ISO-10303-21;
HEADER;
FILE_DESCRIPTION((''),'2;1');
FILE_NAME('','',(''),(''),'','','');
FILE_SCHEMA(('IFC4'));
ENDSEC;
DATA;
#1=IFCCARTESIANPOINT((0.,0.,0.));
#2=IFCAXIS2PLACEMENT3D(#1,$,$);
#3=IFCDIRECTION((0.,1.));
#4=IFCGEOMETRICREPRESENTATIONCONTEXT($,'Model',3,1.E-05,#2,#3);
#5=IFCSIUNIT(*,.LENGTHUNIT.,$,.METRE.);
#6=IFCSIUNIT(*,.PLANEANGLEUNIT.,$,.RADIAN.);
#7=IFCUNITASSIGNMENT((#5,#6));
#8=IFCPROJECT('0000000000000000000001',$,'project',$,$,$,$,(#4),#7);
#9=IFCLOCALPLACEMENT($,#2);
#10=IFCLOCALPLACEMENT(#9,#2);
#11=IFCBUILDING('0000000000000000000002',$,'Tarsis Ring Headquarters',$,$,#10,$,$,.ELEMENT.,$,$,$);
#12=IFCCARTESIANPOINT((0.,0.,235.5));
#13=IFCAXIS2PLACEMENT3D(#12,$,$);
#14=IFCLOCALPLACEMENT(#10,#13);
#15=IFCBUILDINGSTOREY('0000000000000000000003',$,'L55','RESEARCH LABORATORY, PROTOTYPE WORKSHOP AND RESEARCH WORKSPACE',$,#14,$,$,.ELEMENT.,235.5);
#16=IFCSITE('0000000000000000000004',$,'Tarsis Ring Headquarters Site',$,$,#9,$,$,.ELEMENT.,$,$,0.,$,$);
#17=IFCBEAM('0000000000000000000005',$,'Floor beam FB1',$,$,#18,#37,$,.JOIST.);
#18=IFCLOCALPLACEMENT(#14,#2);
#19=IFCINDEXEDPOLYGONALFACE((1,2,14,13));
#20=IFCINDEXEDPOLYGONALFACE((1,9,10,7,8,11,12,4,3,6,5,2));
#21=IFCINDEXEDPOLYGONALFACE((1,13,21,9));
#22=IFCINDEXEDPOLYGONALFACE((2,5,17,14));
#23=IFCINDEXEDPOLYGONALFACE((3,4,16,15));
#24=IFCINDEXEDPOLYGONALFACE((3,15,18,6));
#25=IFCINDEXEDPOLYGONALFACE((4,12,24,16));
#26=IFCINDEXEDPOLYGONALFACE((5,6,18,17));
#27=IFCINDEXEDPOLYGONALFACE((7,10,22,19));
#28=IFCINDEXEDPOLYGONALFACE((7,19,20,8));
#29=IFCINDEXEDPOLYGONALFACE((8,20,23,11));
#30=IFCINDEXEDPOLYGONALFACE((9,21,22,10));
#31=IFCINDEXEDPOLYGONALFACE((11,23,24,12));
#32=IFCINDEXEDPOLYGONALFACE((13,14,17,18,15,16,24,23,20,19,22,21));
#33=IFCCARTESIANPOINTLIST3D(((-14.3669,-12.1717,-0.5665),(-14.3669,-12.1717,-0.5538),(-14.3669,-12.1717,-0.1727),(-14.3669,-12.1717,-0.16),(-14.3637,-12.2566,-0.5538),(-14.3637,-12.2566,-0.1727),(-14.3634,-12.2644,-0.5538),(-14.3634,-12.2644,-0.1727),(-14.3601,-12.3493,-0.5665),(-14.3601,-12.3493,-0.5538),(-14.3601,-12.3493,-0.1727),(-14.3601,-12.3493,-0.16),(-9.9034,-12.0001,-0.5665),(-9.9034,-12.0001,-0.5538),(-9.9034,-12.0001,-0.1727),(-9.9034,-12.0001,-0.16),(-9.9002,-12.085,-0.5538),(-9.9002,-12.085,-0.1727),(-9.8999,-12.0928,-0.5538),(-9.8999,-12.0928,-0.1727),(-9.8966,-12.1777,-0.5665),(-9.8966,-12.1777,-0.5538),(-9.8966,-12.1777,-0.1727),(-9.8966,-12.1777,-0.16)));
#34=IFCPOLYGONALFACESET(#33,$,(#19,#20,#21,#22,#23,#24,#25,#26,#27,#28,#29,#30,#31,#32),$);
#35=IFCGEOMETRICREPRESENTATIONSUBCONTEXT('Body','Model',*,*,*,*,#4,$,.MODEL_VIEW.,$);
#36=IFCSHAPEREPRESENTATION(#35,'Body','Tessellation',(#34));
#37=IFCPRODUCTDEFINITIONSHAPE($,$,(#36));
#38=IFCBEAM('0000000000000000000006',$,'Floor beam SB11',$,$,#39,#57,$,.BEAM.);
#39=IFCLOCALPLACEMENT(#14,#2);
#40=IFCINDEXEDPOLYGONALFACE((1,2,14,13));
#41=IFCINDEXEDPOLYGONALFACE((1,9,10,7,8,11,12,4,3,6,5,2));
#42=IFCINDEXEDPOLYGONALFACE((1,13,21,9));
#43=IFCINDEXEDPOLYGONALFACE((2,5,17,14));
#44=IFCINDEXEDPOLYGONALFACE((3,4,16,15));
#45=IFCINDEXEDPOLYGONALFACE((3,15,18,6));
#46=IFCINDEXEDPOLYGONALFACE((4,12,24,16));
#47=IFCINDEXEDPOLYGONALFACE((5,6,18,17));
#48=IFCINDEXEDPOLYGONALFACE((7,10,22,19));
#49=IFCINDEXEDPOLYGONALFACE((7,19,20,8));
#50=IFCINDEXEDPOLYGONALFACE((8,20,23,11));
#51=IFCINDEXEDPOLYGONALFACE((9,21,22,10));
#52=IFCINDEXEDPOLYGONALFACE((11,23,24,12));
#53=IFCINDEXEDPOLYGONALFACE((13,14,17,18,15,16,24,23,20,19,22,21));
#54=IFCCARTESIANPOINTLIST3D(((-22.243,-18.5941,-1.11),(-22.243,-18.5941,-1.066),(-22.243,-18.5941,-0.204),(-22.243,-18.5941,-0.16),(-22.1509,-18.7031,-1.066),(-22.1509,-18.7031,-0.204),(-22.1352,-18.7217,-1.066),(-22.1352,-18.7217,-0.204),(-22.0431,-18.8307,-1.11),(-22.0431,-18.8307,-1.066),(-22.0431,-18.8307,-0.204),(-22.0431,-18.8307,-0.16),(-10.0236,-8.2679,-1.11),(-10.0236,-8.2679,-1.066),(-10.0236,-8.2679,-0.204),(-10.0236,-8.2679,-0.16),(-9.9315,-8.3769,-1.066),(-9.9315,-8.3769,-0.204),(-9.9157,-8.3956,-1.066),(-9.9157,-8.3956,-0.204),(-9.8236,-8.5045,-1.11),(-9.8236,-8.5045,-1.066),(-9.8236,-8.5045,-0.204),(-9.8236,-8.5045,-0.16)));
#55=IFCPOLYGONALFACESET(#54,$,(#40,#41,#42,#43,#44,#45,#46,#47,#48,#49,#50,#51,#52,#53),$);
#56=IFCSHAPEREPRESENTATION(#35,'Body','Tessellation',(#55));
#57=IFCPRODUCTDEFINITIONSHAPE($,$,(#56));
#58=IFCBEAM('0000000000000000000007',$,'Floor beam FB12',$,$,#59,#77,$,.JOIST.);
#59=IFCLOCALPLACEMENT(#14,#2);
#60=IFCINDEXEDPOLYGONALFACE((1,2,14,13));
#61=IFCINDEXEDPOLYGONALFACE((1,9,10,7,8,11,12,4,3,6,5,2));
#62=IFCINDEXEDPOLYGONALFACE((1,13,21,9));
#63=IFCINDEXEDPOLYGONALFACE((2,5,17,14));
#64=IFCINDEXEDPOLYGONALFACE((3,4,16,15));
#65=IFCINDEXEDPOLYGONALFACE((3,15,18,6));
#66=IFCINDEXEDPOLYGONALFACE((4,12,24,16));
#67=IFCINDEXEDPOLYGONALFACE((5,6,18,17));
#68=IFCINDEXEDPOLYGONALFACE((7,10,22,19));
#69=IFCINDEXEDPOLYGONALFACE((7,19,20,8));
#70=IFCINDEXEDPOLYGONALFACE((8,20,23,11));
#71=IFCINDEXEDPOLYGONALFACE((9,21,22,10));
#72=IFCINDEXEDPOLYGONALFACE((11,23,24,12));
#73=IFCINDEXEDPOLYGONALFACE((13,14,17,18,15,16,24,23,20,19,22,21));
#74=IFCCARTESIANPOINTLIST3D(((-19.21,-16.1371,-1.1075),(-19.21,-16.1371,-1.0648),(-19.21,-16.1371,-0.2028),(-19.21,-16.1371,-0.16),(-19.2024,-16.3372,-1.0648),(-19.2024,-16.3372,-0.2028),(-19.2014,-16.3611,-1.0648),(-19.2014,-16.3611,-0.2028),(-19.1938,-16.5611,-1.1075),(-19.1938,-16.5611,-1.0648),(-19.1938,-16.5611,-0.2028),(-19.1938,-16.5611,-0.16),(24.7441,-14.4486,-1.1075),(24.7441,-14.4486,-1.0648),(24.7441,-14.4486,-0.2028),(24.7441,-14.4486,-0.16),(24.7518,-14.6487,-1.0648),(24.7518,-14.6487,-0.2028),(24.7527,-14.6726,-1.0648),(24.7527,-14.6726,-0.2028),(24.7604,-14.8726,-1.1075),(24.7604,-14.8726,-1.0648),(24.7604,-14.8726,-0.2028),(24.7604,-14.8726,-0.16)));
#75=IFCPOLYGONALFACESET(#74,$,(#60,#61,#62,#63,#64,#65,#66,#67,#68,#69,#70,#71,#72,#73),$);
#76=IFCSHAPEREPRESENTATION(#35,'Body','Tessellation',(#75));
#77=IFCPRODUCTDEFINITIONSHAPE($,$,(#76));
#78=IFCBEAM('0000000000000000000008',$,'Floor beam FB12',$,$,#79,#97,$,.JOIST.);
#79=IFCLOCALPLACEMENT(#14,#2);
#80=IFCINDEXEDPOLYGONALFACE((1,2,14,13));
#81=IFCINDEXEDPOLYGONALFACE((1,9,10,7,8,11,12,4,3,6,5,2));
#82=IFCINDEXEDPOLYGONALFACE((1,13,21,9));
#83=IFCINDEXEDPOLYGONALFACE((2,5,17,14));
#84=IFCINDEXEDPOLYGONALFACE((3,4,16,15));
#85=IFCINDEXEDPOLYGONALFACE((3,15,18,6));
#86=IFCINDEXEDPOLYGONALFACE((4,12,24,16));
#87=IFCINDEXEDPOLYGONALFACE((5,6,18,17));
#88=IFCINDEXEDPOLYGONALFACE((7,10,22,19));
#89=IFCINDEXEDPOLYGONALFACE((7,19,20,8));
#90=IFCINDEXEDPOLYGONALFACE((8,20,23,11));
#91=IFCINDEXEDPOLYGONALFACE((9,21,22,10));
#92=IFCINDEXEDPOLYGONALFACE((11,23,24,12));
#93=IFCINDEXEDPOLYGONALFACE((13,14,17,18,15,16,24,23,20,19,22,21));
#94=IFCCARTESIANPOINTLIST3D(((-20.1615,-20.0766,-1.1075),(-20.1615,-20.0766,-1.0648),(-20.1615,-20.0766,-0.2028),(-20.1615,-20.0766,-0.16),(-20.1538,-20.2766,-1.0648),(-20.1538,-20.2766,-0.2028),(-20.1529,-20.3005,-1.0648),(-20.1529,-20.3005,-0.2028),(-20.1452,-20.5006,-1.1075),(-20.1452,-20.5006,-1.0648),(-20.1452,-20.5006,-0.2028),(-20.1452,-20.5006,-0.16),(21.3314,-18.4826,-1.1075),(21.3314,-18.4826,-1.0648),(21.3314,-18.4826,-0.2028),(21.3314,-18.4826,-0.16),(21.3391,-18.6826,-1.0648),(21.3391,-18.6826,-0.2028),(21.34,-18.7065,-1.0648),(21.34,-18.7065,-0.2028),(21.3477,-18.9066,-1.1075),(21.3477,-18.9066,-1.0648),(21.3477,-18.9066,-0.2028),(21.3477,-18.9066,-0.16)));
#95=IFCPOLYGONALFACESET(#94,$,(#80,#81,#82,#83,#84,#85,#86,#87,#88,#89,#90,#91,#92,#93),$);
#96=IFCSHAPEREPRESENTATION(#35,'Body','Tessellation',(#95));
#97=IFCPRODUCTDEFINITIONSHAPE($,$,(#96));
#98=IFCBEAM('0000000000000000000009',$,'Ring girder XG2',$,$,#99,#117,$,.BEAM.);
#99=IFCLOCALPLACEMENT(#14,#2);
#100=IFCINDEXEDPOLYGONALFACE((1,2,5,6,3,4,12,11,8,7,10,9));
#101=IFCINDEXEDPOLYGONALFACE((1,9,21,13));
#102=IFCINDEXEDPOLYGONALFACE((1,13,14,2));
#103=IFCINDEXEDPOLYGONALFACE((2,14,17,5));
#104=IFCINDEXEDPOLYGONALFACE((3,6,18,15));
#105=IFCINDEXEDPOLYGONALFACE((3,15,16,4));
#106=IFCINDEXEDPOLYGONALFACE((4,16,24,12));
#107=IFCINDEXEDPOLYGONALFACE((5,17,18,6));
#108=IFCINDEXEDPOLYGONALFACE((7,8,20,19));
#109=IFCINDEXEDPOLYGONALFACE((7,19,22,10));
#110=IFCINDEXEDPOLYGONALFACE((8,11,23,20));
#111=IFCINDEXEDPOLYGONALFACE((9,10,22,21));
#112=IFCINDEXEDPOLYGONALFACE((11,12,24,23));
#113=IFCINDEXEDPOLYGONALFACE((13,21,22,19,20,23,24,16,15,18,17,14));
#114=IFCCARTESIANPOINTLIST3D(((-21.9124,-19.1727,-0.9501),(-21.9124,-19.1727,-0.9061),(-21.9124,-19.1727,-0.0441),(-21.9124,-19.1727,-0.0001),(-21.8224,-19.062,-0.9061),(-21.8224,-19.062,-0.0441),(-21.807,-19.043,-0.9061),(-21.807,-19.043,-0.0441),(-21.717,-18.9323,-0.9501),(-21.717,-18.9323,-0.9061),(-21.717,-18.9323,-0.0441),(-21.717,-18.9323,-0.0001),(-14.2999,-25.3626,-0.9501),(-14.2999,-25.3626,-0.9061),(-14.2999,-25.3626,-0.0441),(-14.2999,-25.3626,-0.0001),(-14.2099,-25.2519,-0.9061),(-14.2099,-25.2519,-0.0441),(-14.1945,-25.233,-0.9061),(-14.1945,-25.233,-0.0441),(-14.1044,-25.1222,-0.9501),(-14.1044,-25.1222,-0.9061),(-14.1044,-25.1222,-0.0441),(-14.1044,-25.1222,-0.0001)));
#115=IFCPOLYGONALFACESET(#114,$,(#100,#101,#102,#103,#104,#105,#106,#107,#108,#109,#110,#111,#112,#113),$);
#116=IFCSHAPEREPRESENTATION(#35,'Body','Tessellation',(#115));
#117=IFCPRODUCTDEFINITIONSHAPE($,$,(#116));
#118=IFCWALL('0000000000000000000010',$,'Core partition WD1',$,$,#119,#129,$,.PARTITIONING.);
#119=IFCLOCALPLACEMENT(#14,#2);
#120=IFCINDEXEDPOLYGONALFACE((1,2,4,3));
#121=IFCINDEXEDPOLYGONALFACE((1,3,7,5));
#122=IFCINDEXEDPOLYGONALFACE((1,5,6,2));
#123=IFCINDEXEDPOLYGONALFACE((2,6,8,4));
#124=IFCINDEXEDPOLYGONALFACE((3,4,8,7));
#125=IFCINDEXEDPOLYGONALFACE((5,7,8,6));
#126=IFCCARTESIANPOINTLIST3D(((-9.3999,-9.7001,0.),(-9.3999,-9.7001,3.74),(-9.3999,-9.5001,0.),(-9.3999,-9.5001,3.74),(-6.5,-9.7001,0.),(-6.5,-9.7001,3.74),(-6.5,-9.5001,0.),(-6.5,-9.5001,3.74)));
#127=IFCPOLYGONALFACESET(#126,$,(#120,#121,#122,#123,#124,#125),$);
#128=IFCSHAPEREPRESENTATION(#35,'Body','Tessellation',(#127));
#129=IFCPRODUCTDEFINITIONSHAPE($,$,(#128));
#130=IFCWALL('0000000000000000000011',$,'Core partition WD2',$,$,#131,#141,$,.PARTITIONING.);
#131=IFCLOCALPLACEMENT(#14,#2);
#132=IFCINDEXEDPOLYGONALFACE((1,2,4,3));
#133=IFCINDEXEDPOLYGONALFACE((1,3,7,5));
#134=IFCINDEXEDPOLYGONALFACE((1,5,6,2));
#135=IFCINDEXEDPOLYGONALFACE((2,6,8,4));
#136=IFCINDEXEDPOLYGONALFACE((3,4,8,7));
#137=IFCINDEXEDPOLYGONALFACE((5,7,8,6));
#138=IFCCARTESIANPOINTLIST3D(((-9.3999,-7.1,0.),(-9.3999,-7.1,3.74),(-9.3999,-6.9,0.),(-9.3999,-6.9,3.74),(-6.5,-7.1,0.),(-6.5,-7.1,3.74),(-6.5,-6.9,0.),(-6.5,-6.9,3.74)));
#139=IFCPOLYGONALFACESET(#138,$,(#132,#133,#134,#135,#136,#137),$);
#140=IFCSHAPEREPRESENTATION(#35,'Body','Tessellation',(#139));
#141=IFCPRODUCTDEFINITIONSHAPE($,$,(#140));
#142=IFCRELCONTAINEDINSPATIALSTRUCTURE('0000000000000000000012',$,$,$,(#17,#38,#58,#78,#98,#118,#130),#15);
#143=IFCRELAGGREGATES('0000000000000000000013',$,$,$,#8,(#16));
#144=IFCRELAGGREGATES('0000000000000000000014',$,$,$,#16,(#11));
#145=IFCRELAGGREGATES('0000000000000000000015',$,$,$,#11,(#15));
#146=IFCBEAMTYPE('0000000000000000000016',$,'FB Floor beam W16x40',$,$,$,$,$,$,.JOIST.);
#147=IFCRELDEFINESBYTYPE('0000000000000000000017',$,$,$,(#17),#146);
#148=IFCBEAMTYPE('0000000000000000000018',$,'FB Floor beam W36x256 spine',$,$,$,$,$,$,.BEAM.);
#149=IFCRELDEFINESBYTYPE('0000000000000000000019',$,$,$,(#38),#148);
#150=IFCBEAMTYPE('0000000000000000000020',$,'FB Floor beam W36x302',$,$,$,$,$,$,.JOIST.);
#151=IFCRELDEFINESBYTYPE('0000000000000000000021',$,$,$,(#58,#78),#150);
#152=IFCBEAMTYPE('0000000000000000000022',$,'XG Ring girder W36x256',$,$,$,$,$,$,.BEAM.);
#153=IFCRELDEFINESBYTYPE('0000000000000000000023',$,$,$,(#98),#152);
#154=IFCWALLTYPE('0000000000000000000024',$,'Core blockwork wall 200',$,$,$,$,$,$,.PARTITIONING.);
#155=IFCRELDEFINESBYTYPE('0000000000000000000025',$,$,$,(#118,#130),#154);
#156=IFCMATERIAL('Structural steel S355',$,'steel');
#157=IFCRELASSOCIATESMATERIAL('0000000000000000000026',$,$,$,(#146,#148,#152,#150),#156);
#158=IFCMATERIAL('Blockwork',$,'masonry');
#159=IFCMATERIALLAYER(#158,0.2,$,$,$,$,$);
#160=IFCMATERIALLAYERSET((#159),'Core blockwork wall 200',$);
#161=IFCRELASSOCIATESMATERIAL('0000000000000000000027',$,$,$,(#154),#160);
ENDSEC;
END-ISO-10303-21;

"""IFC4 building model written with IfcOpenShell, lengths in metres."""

from ifc_helpers import new_model, si_unit, direction, frame, frame_2d, origin, origin_2d, place, context, subcontext, project, spatial, rectangle, i_section, extrude, material, layer, layer_set, material_profile, profile_set, type_object, element, save


model = new_model("IFC4")

# Units and contexts
model_context = context("Model", 3, precision=1e-05, world=origin(), true_north=direction((0.0, 1.0)))
body_context = subcontext(model_context, "Body", "Model", "MODEL_VIEW")
ifc_project = project(units=[si_unit("LENGTHUNIT", "METRE"), si_unit("PLANEANGLEUNIT", "RADIAN")], contexts=[model_context])

# Site, building, storey
site_placement = place(None, origin())
site = spatial("IfcSite", under=ifc_project, at=site_placement, Name="Tarsis Ring Headquarters Site", CompositionType="ELEMENT", RefElevation=0.0)
building_placement = place(site_placement, origin())
building = spatial("IfcBuilding", under=site, at=building_placement, Name="Tarsis Ring Headquarters", CompositionType="ELEMENT")
storey_placement = place(building_placement, frame((0.0, 0.0, 235.5)))
storey = spatial("IfcBuildingStorey", under=building, at=storey_placement, Name="L55", Description="RESEARCH LABORATORY, PROTOTYPE WORKSHOP AND RESEARCH WORKSPACE", CompositionType="ELEMENT", Elevation=235.5)

# Beams
ifc_material_1 = material(Name="Structural steel S355", Category="steel")
ifc_material_profile_1 = material_profile(ifc_material_1, i_section(OverallWidth=0.1777, OverallDepth=0.4065, WebThickness=0.0078, FlangeThickness=0.0127, at=origin_2d()), Name="W16x40")
ifc_profile_set_1 = profile_set([ifc_material_profile_1], Name="Structural steel S355")
beam_type_1 = type_object("IfcBeamType", Name="FB Floor beam W16x40", PredefinedType="JOIST", material=ifc_profile_set_1)
beam_1_placement = place(storey_placement, frame((-14.3635, -12.2605, -0.3633), z_axis=(0.999261, 0.038425, 0.0), x_axis=(-0.038425, 0.999261, 0.0)))
element("IfcBeam", 1, at=beam_1_placement, inside=storey, type_object=beam_type_1, Name="Floor beam FB1", PredefinedType="JOIST", context=body_context, shape_type="SweptSolid", body=[
    extrude(i_section(OverallWidth=0.1777, OverallDepth=0.4065, WebThickness=0.0078, FlangeThickness=0.0127, at=origin_2d()), origin(), (0.0, 0.0, 1.0), 4.4668),
])
ifc_material_profile_2 = material_profile(ifc_material_1, i_section(OverallWidth=0.3098, OverallDepth=0.95, WebThickness=0.0244, FlangeThickness=0.0439, at=origin_2d()), Name="W36x256")
ifc_profile_set_2 = profile_set([ifc_material_profile_2], Name="Structural steel S355")
beam_type_2 = type_object("IfcBeamType", Name="FB Floor beam W36x256 spine", PredefinedType="BEAM", material=ifc_profile_set_2)
beam_2_placement = place(storey_placement, frame((-9.9236, -8.3862, -0.635), z_axis=(-0.763799, -0.645454, 0.0), x_axis=(0.645454, -0.763799, 0.0)))
element("IfcBeam", 2, at=beam_2_placement, inside=storey, type_object=beam_type_2, Name="Floor beam SB11", PredefinedType="BEAM", context=body_context, shape_type="SweptSolid", body=[
    extrude(i_section(OverallWidth=0.3098, OverallDepth=0.95, WebThickness=0.0244, FlangeThickness=0.0439, at=origin_2d()), origin(), (0.0, 0.0, 1.0), 15.9983),
])
ifc_material_profile_3 = material_profile(ifc_material_1, i_section(OverallWidth=0.4243, OverallDepth=0.9475, WebThickness=0.0239, FlangeThickness=0.0427, at=origin_2d()), Name="W36x302")
ifc_profile_set_3 = profile_set([ifc_material_profile_3], Name="Structural steel S355")
beam_type_3 = type_object("IfcBeamType", Name="FB Floor beam W36x302", PredefinedType="JOIST", material=ifc_profile_set_3)
beam_3_placement = place(storey_placement, frame((-19.2019, -16.3491, -0.6338), z_axis=(0.999263, 0.038386, 0.0), x_axis=(-0.038386, 0.999263, 0.0)))
element("IfcBeam", 3, at=beam_3_placement, inside=storey, type_object=beam_type_3, Name="Floor beam FB12", PredefinedType="JOIST", context=body_context, shape_type="SweptSolid", body=[
    extrude(i_section(OverallWidth=0.4243, OverallDepth=0.9475, WebThickness=0.0239, FlangeThickness=0.0427, at=origin_2d()), origin(), (0.0, 0.0, 1.0), 43.9866),
])
beam_4_placement = place(storey_placement, frame((-20.1533, -20.2886, -0.6338), z_axis=(0.999263, 0.038388, 0.0), x_axis=(-0.038388, 0.999263, 0.0)))
element("IfcBeam", 4, at=beam_4_placement, inside=storey, type_object=beam_type_3, Name="Floor beam FB12", PredefinedType="JOIST", context=body_context, shape_type="SweptSolid", body=[
    extrude(i_section(OverallWidth=0.4243, OverallDepth=0.9475, WebThickness=0.0239, FlangeThickness=0.0427, at=origin_2d()), origin(), (0.0, 0.0, 1.0), 41.5234),
])
beam_type_4 = type_object("IfcBeamType", Name="XG Ring girder W36x256", PredefinedType="BEAM", material=ifc_profile_set_2)
beam_5_placement = place(storey_placement, frame((-21.8147, -19.0525, -0.4751), z_axis=(0.775877, -0.630884, 0.0), x_axis=(0.630884, 0.775877, 0.0)))
element("IfcBeam", 5, at=beam_5_placement, inside=storey, type_object=beam_type_4, Name="Ring girder XG2", PredefinedType="BEAM", context=body_context, shape_type="SweptSolid", body=[
    extrude(i_section(OverallWidth=0.3098, OverallDepth=0.95, WebThickness=0.0244, FlangeThickness=0.0439, at=origin_2d()), origin(), (0.0, 0.0, 1.0), 9.8115),
])

# Walls
ifc_material_2 = material(Name="Blockwork", Category="masonry")
ifc_layer_1 = layer(ifc_material_2, 0.2)
ifc_layer_set_1 = layer_set([ifc_layer_1], Name="Core blockwork wall 200")
wall_type_1 = type_object("IfcWallType", Name="Core blockwork wall 200", PredefinedType="PARTITIONING", material=ifc_layer_set_1)
for number, where, z_axis, x_axis, name in (
    (6, (-9.3999, -9.6001, 0.0), (0.0, 0.0, 1.0), (1.0, 0.0, 0.0), "Core partition WD1"),
    (7, (-9.3999, -7.0, 0.0), (0.0, 0.0, 1.0), (1.0, 0.0, 0.0), "Core partition WD2"),
):
    element("IfcWall", number, at=place(storey_placement, frame(where, z_axis=z_axis, x_axis=x_axis)), inside=storey, type_object=wall_type_1, Name=name, PredefinedType="PARTITIONING", context=body_context, shape_type="SweptSolid", body=[
        extrude(rectangle(XDim=2.8999, YDim=0.2, at=frame_2d((1.45, 0.0))), origin(), (0.0, 0.0, 1.0), 3.74),
    ])

save(model, "model.ifc")
